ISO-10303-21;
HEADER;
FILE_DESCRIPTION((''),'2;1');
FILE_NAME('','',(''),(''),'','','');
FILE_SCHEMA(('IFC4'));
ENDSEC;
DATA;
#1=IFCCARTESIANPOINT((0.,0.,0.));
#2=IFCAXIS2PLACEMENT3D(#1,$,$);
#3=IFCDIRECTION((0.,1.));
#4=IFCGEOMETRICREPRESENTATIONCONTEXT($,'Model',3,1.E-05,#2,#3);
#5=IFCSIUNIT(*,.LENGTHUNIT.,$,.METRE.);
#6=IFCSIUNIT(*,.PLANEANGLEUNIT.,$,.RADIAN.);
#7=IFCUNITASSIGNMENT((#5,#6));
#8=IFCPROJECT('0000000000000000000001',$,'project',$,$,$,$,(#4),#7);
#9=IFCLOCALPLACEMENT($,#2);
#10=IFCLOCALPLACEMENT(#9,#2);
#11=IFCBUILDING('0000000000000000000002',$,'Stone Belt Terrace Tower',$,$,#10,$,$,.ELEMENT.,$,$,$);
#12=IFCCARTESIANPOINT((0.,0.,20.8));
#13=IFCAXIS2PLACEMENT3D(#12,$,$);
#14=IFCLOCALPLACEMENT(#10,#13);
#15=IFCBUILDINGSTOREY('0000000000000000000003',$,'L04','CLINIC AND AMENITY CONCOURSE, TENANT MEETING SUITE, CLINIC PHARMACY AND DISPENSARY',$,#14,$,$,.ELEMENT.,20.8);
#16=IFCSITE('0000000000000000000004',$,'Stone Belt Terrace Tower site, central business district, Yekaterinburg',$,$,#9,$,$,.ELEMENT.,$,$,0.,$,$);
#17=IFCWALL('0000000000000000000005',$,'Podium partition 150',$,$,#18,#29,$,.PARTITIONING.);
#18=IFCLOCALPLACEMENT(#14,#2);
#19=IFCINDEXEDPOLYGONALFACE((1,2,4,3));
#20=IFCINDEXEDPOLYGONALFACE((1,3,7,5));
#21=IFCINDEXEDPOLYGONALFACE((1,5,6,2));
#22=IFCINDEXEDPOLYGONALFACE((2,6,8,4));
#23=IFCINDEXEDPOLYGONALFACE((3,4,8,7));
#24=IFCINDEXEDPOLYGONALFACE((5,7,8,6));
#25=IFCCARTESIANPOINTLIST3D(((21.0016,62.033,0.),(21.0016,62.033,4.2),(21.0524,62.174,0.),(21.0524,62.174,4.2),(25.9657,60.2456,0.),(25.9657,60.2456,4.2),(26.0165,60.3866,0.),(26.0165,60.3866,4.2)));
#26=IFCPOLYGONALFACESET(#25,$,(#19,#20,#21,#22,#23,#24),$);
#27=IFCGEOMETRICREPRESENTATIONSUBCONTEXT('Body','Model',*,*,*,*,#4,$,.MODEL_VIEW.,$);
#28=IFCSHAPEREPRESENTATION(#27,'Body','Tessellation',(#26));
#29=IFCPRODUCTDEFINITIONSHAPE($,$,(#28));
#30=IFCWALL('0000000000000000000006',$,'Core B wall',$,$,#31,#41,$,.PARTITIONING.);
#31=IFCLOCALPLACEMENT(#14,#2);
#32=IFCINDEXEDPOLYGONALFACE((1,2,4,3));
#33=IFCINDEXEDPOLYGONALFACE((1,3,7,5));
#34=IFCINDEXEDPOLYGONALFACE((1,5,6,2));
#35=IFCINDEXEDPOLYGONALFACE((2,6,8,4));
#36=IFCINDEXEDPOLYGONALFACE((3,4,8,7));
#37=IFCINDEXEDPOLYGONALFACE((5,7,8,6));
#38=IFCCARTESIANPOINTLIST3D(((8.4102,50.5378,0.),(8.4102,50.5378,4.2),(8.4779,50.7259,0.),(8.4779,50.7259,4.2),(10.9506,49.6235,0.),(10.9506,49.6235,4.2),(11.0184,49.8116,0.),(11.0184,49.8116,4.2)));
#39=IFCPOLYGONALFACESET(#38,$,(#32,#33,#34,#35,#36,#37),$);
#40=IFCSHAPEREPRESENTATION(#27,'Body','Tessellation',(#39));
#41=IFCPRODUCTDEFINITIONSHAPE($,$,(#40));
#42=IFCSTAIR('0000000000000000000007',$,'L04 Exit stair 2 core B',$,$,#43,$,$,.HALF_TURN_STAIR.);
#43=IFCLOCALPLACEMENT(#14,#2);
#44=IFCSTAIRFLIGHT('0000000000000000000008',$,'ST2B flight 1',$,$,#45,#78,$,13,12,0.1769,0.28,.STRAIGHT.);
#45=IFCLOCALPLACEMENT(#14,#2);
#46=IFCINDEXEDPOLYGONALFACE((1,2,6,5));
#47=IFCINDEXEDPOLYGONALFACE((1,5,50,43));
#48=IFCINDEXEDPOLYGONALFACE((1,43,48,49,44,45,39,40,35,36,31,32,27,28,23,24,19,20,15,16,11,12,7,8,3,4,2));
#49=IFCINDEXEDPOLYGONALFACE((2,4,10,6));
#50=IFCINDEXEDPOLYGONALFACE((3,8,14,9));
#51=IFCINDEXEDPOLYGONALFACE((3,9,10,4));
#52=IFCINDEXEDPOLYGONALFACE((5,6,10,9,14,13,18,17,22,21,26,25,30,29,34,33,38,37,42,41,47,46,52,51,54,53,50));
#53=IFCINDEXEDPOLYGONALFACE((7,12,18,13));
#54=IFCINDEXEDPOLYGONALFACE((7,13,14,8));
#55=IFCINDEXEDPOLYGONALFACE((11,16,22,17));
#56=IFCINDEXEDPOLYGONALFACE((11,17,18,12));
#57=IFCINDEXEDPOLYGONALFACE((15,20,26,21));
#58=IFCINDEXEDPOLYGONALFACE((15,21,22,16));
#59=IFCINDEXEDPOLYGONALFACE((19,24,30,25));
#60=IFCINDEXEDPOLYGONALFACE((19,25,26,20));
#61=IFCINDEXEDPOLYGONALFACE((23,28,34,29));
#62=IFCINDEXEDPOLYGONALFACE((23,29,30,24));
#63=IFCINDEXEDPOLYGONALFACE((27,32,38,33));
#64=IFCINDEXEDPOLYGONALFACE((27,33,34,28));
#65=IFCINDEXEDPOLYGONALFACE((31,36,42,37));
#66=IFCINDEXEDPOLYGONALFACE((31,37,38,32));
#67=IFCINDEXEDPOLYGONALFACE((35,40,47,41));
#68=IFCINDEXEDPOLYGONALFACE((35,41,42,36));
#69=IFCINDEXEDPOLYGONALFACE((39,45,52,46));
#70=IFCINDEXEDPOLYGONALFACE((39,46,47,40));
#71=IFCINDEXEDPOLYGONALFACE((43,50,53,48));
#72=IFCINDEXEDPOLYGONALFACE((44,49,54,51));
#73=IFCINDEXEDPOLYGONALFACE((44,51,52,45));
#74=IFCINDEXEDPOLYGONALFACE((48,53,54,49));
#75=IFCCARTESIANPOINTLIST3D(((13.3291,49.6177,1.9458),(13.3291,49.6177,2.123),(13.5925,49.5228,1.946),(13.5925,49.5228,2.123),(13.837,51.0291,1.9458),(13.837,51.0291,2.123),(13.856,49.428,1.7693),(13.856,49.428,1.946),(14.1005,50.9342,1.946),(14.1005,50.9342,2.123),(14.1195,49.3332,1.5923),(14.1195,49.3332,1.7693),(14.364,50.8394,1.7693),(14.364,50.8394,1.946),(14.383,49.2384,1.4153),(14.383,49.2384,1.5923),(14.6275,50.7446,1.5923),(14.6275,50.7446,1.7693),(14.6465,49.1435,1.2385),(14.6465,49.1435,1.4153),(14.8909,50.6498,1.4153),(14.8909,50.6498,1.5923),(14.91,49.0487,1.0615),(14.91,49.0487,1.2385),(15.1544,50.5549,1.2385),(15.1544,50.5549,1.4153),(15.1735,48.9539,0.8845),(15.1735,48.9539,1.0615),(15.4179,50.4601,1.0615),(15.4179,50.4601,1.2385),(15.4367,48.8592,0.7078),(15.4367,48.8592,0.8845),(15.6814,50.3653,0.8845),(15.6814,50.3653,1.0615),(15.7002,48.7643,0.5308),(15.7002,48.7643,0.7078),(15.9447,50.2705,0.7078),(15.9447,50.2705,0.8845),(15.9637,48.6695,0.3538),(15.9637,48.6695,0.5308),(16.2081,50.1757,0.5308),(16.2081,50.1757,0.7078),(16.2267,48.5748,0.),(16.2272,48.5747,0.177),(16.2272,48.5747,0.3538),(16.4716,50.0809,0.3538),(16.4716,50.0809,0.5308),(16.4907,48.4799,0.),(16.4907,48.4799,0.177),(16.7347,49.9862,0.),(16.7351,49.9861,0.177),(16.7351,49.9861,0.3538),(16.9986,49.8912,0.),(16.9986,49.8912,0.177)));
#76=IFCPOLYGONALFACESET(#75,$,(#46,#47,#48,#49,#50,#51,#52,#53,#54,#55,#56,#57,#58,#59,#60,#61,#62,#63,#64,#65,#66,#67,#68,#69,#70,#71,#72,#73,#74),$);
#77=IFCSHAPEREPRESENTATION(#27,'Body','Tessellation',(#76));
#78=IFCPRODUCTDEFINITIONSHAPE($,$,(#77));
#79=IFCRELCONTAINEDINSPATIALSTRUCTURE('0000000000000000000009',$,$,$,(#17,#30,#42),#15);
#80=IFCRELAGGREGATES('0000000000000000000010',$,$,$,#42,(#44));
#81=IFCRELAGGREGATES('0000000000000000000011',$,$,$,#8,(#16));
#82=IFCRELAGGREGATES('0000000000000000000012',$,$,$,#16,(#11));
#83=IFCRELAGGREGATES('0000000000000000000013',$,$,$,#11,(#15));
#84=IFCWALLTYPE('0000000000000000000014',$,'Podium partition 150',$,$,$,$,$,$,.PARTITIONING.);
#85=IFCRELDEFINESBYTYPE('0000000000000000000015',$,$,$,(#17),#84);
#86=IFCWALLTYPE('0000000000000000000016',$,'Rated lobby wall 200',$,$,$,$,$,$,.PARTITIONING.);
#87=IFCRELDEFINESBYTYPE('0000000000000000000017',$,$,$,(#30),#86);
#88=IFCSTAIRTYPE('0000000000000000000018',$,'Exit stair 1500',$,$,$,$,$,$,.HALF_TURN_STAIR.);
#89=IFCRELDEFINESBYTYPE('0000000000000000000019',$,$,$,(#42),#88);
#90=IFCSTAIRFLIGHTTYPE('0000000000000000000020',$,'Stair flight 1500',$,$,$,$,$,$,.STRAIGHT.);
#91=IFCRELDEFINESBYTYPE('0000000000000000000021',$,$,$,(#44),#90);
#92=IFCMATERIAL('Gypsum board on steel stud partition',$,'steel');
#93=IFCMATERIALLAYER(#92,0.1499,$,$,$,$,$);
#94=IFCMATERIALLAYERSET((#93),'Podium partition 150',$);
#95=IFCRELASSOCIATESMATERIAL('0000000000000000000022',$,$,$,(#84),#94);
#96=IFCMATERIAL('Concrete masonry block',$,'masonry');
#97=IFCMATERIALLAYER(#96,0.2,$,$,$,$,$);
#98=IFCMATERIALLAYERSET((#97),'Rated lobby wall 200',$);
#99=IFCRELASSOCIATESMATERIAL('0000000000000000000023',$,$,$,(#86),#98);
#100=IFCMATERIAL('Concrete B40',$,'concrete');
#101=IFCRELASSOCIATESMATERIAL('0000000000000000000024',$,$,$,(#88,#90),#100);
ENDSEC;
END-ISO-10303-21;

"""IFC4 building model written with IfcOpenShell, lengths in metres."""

from ifc_helpers import new_model, si_unit, direction, frame, frame_2d, origin, place, context, subcontext, project, spatial, polyline, rectangle, outline, extrude, material, layer, layer_set, type_object, element, aggregate, save


model = new_model("IFC4")

# Units and contexts
model_context = context("Model", 3, precision=1e-05, world=origin(), true_north=direction((0.0, 1.0)))
body_context = subcontext(model_context, "Body", "Model", "MODEL_VIEW")
ifc_project = project(units=[si_unit("LENGTHUNIT", "METRE"), si_unit("PLANEANGLEUNIT", "RADIAN")], contexts=[model_context])

# Site, building, storey
site_placement = place(None, origin())
site = spatial("IfcSite", under=ifc_project, at=site_placement, Name="Stone Belt Terrace Tower site, central business district, Yekaterinburg", CompositionType="ELEMENT", RefElevation=0.0)
building_placement = place(site_placement, origin())
building = spatial("IfcBuilding", under=site, at=building_placement, Name="Stone Belt Terrace Tower", CompositionType="ELEMENT")
storey_placement = place(building_placement, frame((0.0, 0.0, 20.8)))
storey = spatial("IfcBuildingStorey", under=building, at=storey_placement, Name="L04", Description="CLINIC AND AMENITY CONCOURSE, TENANT MEETING SUITE, CLINIC PHARMACY AND DISPENSARY", CompositionType="ELEMENT", Elevation=20.8)

# Walls
ifc_material_1 = material(Name="Gypsum board on steel stud partition", Category="steel")
ifc_layer_1 = layer(ifc_material_1, 0.1499)
ifc_layer_set_1 = layer_set([ifc_layer_1], Name="Podium partition 150")
wall_type_1 = type_object("IfcWallType", Name="Podium partition 150", PredefinedType="PARTITIONING", material=ifc_layer_set_1)
wall_1_placement = place(storey_placement, frame((21.0269, 62.1035, 0.0), z_axis=(0.0, 0.0, 1.0), x_axis=(0.940871, -0.338765, 0.0)))
element("IfcWall", 1, at=wall_1_placement, inside=storey, type_object=wall_type_1, Name="Podium partition 150", PredefinedType="PARTITIONING", context=body_context, shape_type="SweptSolid", body=[
    extrude(rectangle(XDim=5.2761, YDim=0.1499, at=frame_2d((2.6382, 0.0))), origin(), (0.0, 0.0, 1.0), 4.2),
])
ifc_material_2 = material(Name="Concrete masonry block", Category="masonry")
ifc_layer_2 = layer(ifc_material_2, 0.2)
ifc_layer_set_2 = layer_set([ifc_layer_2], Name="Rated lobby wall 200")
wall_type_2 = type_object("IfcWallType", Name="Rated lobby wall 200", PredefinedType="PARTITIONING", material=ifc_layer_set_2)
wall_2_placement = place(storey_placement, frame((10.9846, 49.7175, 0.0), z_axis=(0.0, 0.0, 1.0), x_axis=(-0.940921, 0.338627, 0.0)))
element("IfcWall", 2, at=wall_2_placement, inside=storey, type_object=wall_type_2, Name="Core B wall", PredefinedType="PARTITIONING", context=body_context, shape_type="SweptSolid", body=[
    extrude(rectangle(XDim=2.7, YDim=0.2, at=frame_2d((1.3501, 0.0))), origin(), (0.0, 0.0, 1.0), 4.2),
])

# Stair, stair flight
ifc_material_3 = material(Name="Concrete B40", Category="concrete")
stair_type = type_object("IfcStairType", Name="Exit stair 1500", PredefinedType="HALF_TURN_STAIR", material=ifc_material_3)
stair_placement = place(storey_placement, origin())
stair = element("IfcStair", 3, at=stair_placement, inside=storey, type_object=stair_type, Name="L04 Exit stair 2 core B", PredefinedType="HALF_TURN_STAIR")
stair_flight_type = type_object("IfcStairFlightType", Name="Stair flight 1500", PredefinedType="STRAIGHT", material=ifc_material_3)
stair_flight_placement = place(storey_placement, frame((16.7446, 49.1855, 0.0), z_axis=(0.0, 0.0, 1.0), x_axis=(-0.940922, 0.338624, 0.0)))
stair_flight = element("IfcStairFlight", 4, at=stair_flight_placement, type_object=stair_flight_type, Name="ST2B flight 1", NumberOfRisers=13, NumberOfTreads=12, PredefinedType="STRAIGHT", RiserHeight=0.1769, TreadLength=0.28, context=body_context, shape_type="SweptSolid", body=[
    extrude(outline(polyline([(0.0, 0.0), (0.0, 0.177), (0.28, 0.177), (0.28, 0.3538), (0.5601, 0.3538), (0.5601, 0.5308), (0.8401, 0.5308), (0.8401, 0.7078), (1.1201, 0.7078), (1.1201, 0.8845), (1.3999, 0.8845), (1.3999, 1.0615), (1.6799, 1.0615), (1.6799, 1.2385), (1.96, 1.2385), (1.96, 1.4153), (2.24, 1.4153), (2.24, 1.5923), (2.52, 1.5923), (2.52, 1.7693), (2.8, 1.7693), (2.8, 1.946), (3.0801, 1.946), (3.0801, 2.123), (3.3601, 2.123), (3.3601, 2.3), (3.3601, 1.9458), (0.2805, 0.0), (0.0, 0.0)])), frame((0.0, 0.75, 0.0), z_axis=(0.0, -1.0, 0.0), x_axis=(1.0, 0.0, 0.0)), (0.0, 0.0, 1.0), 1.5),
])
aggregate(stair, [stair_flight])

save(model, "model.ifc")
